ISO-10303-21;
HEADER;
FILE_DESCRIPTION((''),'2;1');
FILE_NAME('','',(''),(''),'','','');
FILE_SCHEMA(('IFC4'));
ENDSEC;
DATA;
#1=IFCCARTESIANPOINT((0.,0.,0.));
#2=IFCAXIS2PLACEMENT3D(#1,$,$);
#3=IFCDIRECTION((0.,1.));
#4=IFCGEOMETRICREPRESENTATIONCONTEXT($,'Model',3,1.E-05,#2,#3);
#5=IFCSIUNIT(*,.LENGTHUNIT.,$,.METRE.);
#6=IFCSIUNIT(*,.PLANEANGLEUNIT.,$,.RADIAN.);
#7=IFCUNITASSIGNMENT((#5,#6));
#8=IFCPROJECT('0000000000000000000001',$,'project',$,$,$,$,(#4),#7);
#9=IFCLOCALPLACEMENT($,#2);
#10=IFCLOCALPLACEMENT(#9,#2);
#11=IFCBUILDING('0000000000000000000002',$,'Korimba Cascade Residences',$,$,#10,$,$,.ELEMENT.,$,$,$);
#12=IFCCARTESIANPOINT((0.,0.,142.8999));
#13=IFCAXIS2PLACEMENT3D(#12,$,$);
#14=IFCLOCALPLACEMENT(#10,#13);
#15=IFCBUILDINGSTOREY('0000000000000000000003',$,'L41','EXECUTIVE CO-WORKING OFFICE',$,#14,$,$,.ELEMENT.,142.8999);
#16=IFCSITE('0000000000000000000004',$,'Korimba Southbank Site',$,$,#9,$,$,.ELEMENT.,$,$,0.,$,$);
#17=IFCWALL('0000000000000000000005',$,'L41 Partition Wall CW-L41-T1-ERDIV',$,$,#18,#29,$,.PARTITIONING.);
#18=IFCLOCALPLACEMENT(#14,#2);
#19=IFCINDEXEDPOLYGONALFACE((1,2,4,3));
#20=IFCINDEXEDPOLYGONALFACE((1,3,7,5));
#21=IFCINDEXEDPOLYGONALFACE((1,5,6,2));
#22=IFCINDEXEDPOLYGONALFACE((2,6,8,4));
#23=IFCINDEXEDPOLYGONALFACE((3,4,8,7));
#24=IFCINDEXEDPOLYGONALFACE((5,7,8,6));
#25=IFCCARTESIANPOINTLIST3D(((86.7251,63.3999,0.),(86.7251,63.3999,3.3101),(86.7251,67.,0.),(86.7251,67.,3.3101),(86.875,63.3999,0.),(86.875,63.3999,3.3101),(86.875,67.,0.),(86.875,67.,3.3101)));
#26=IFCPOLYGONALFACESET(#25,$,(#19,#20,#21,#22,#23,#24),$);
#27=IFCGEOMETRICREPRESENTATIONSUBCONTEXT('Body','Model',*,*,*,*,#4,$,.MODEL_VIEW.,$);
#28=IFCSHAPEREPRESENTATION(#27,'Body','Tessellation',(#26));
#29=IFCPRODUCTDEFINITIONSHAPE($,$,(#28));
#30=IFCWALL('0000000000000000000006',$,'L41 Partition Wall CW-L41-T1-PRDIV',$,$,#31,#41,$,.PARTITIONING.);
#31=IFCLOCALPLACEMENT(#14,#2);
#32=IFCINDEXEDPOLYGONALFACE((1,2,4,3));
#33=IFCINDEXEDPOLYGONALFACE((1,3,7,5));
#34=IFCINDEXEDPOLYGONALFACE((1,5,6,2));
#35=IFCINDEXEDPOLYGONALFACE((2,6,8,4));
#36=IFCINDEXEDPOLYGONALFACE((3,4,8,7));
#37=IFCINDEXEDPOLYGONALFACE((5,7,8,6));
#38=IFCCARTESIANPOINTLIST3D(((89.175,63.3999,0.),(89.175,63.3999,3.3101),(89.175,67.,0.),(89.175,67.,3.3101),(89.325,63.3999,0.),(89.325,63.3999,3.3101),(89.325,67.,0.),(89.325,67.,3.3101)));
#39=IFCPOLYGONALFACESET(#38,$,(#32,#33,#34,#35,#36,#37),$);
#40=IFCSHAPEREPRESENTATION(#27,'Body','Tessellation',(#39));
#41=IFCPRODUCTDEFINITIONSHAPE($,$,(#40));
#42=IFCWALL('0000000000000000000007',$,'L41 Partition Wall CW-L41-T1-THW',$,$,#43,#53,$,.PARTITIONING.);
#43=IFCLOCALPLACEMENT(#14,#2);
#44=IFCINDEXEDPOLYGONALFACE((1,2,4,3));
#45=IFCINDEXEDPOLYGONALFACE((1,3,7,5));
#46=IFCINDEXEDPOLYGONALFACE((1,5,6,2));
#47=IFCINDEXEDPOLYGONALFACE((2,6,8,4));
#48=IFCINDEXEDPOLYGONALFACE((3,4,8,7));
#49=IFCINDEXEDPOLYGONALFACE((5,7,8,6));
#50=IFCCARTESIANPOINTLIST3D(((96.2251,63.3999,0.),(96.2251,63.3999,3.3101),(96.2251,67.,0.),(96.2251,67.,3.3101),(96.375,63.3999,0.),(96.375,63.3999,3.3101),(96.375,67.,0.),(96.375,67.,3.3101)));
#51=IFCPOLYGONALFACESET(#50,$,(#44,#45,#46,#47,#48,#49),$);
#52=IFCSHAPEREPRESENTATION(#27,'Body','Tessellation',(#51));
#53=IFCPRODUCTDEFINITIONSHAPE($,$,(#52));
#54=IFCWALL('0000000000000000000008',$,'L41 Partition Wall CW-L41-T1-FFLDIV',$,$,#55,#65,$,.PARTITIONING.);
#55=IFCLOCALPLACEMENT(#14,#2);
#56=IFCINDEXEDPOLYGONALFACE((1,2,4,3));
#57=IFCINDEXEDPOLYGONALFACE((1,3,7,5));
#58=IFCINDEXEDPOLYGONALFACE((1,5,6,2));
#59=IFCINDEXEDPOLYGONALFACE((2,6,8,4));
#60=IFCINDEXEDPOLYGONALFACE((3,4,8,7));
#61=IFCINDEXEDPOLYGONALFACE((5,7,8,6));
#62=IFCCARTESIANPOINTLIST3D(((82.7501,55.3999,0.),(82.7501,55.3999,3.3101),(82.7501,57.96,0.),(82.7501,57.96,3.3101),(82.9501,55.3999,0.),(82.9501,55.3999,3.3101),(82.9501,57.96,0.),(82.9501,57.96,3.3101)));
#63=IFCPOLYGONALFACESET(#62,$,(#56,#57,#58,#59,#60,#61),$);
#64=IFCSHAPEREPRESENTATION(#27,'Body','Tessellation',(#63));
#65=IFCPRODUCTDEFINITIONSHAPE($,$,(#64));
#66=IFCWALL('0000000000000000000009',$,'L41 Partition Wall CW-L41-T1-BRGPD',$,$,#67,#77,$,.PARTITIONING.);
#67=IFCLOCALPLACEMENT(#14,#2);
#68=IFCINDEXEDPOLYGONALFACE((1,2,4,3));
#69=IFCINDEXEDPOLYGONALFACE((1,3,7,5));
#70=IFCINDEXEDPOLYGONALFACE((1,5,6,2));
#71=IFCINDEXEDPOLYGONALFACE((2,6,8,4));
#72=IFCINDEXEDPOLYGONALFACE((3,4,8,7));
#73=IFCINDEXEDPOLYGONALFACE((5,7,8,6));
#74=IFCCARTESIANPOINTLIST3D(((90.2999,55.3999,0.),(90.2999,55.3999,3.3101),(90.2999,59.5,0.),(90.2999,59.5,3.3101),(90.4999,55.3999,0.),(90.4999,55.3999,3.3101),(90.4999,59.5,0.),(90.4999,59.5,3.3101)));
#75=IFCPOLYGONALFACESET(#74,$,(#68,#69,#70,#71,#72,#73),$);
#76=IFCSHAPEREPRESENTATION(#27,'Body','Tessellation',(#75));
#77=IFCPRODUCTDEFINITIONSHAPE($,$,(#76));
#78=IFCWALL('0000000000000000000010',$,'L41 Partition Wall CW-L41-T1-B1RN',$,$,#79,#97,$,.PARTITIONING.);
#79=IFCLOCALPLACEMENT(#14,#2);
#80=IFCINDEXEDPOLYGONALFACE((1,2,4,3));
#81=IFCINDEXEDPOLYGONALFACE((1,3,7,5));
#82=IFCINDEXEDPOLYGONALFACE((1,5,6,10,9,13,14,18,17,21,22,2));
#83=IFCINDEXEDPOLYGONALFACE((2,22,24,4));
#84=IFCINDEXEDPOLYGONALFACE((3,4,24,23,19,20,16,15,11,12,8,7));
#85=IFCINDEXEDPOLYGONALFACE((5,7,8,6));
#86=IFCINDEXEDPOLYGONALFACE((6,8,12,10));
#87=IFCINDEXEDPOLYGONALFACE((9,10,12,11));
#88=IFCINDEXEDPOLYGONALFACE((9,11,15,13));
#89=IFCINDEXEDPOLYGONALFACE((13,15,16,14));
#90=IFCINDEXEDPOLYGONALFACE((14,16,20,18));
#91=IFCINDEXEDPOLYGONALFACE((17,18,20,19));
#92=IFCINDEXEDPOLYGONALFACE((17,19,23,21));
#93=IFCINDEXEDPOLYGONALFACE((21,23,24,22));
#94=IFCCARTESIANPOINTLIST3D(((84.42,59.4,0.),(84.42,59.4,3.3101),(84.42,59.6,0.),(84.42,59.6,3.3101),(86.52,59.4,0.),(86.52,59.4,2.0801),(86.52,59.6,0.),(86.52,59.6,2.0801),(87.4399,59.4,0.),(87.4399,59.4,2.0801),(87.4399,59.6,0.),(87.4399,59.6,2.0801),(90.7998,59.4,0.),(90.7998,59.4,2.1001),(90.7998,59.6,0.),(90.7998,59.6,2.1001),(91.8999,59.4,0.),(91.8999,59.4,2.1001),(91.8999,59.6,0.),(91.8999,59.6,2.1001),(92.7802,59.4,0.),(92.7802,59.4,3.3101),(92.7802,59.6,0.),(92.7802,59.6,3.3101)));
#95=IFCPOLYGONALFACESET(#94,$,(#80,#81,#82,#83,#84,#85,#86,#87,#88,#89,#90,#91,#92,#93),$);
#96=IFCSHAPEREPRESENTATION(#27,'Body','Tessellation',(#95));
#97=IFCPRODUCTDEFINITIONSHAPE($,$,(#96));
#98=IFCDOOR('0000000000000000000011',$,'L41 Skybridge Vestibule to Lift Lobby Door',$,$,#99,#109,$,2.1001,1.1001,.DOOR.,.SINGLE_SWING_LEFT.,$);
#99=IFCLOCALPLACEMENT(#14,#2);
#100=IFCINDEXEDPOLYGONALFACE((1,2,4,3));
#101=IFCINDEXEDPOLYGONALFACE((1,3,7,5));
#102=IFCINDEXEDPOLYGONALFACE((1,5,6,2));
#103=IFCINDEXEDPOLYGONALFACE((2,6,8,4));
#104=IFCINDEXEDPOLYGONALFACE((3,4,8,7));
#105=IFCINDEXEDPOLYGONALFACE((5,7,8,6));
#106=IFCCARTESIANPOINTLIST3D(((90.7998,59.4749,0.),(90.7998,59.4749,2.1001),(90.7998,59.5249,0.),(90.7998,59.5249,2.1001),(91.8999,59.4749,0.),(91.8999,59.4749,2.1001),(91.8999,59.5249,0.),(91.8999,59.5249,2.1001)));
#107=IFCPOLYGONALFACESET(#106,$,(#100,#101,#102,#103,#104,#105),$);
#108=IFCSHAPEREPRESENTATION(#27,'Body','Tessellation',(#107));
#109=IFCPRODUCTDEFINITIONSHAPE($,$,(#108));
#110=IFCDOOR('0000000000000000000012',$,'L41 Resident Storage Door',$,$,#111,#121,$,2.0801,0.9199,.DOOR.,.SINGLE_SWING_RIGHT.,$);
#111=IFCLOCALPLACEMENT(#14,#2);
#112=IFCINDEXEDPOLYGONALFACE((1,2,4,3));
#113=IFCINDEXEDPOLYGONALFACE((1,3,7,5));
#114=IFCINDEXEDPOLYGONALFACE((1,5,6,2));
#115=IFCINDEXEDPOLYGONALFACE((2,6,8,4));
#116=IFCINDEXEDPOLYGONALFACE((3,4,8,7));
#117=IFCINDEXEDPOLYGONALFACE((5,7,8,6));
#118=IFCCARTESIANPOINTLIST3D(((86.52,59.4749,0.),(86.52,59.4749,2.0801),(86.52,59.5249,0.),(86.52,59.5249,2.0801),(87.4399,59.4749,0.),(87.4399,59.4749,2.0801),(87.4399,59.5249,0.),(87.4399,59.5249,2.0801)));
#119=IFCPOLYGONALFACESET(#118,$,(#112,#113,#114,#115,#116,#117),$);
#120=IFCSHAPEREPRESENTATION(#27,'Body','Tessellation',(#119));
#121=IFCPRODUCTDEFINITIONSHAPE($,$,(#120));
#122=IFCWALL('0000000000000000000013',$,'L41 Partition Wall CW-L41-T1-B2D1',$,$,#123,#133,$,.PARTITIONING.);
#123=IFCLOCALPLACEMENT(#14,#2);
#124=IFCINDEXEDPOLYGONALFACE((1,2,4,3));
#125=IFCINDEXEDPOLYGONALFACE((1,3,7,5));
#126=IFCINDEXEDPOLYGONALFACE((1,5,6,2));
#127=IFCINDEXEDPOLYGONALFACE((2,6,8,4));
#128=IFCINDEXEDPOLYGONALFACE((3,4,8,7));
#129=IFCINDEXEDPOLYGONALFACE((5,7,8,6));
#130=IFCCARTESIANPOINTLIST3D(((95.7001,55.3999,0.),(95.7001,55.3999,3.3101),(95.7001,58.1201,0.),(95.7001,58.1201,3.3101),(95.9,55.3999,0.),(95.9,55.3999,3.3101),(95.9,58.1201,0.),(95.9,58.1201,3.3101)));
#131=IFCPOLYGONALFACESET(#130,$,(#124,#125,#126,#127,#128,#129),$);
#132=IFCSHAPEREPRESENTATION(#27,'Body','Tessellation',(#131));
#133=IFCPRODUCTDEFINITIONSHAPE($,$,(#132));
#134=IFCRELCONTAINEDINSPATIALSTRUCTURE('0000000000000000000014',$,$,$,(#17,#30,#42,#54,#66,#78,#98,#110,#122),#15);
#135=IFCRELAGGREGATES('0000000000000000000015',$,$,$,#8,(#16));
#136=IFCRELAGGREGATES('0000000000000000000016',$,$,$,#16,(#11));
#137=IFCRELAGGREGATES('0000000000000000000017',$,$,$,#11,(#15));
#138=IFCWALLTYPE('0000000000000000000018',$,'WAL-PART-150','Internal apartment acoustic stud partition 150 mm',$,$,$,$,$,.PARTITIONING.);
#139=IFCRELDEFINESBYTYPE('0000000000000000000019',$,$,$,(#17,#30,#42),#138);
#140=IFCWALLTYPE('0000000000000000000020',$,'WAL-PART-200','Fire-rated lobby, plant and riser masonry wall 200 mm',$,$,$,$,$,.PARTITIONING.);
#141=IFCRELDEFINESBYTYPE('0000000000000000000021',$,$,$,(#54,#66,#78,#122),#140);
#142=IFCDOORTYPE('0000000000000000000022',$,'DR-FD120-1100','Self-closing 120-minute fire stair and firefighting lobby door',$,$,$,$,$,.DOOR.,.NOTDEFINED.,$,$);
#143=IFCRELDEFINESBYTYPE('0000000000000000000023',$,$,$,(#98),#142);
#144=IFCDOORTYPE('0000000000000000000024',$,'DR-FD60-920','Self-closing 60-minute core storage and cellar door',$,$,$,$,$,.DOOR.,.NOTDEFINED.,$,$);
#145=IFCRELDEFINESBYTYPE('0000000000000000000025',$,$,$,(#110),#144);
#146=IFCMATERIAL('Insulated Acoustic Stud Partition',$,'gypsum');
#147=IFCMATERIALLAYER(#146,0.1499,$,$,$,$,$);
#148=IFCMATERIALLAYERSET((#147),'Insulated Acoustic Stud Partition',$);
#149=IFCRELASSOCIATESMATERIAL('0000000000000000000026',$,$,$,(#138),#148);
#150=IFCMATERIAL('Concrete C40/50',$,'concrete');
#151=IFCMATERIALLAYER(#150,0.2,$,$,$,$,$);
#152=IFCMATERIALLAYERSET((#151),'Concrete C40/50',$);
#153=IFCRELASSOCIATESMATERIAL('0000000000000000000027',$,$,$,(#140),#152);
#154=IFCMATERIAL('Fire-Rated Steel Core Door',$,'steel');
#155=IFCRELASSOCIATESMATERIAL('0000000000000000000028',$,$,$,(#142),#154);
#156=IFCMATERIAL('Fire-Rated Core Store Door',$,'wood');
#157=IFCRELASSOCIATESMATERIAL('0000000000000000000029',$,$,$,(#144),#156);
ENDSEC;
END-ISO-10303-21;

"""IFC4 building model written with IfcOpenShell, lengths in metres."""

from ifc_helpers import new_model, si_unit, direction, frame, frame_2d, origin, place, context, subcontext, project, spatial, rectangle, extrude, material, layer, layer_set, type_object, element, fill, save


model = new_model("IFC4")

# Units and contexts
model_context = context("Model", 3, precision=1e-05, world=origin(), true_north=direction((0.0, 1.0)))
body_context = subcontext(model_context, "Body", "Model", "MODEL_VIEW")
ifc_project = project(units=[si_unit("LENGTHUNIT", "METRE"), si_unit("PLANEANGLEUNIT", "RADIAN")], contexts=[model_context])

# Site, building, storey
site_placement = place(None, origin())
site = spatial("IfcSite", under=ifc_project, at=site_placement, Name="Korimba Southbank Site", CompositionType="ELEMENT", RefElevation=0.0)
building_placement = place(site_placement, origin())
building = spatial("IfcBuilding", under=site, at=building_placement, Name="Korimba Cascade Residences", CompositionType="ELEMENT")
storey_placement = place(building_placement, frame((0.0, 0.0, 142.8999)))
storey = spatial("IfcBuildingStorey", under=building, at=storey_placement, Name="L41", Description="EXECUTIVE CO-WORKING OFFICE", CompositionType="ELEMENT", Elevation=142.8999)

# Walls
ifc_material_1 = material(Name="Insulated Acoustic Stud Partition", Category="gypsum")
ifc_layer_1 = layer(ifc_material_1, 0.1499)
ifc_layer_set_1 = layer_set([ifc_layer_1], Name="Insulated Acoustic Stud Partition")
wall_type_1 = type_object("IfcWallType", Name="WAL-PART-150", Description="Internal apartment acoustic stud partition 150 mm", PredefinedType="PARTITIONING", material=ifc_layer_set_1)
for number, where, z_axis, x_axis, name in (
    (1, (86.8, 63.3999, 0.0), (0.0, 0.0, 1.0), (0.0, 1.0, 0.0), "L41 Partition Wall CW-L41-T1-ERDIV"),
    (2, (89.25, 63.3999, 0.0), (0.0, 0.0, 1.0), (0.0, 1.0, 0.0), "L41 Partition Wall CW-L41-T1-PRDIV"),
    (3, (96.3, 63.3999, 0.0), (0.0, 0.0, 1.0), (0.0, 1.0, 0.0), "L41 Partition Wall CW-L41-T1-THW"),
):
    element("IfcWall", number, at=place(storey_placement, frame(where, z_axis=z_axis, x_axis=x_axis)), inside=storey, type_object=wall_type_1, Name=name, PredefinedType="PARTITIONING", context=body_context, shape_type="SweptSolid", body=[
        extrude(rectangle(XDim=3.6001, YDim=0.1499, at=frame_2d((1.8, 0.0))), origin(), (0.0, 0.0, 1.0), 3.3101),
    ])
ifc_material_2 = material(Name="Concrete C40/50", Category="concrete")
ifc_layer_2 = layer(ifc_material_2, 0.2)
ifc_layer_set_2 = layer_set([ifc_layer_2], Name="Concrete C40/50")
wall_type_2 = type_object("IfcWallType", Name="WAL-PART-200", Description="Fire-rated lobby, plant and riser masonry wall 200 mm", PredefinedType="PARTITIONING", material=ifc_layer_set_2)
wall_1_placement = place(storey_placement, frame((82.8501, 55.3999, 0.0), z_axis=(0.0, 0.0, 1.0), x_axis=(0.0, 1.0, 0.0)))
element("IfcWall", 4, at=wall_1_placement, inside=storey, type_object=wall_type_2, Name="L41 Partition Wall CW-L41-T1-FFLDIV", PredefinedType="PARTITIONING", context=body_context, shape_type="SweptSolid", body=[
    extrude(rectangle(XDim=2.5601, YDim=0.2, at=frame_2d((1.28, 0.0))), origin(), (0.0, 0.0, 1.0), 3.3101),
])
wall_2_placement = place(storey_placement, frame((90.3999, 55.3999, 0.0), z_axis=(0.0, 0.0, 1.0), x_axis=(0.0, 1.0, 0.0)))
element("IfcWall", 5, at=wall_2_placement, inside=storey, type_object=wall_type_2, Name="L41 Partition Wall CW-L41-T1-BRGPD", PredefinedType="PARTITIONING", context=body_context, shape_type="SweptSolid", body=[
    extrude(rectangle(XDim=4.1001, YDim=0.2, at=frame_2d((2.05, 0.0))), origin(), (0.0, 0.0, 1.0), 3.3101),
])

# Wall, openings, doors
wall_3_placement = place(storey_placement, frame((84.4199, 59.5, 0.0), z_axis=(0.0, 0.0, 1.0), x_axis=(1.0, 0.0, 0.0)))
wall_3 = element("IfcWall", 6, at=wall_3_placement, inside=storey, type_object=wall_type_2, Name="L41 Partition Wall CW-L41-T1-B1RN", PredefinedType="PARTITIONING", context=body_context, shape_type="SweptSolid", body=[
    extrude(rectangle(XDim=8.3601, YDim=0.2, at=frame_2d((4.1802, 0.0))), origin(), (0.0, 0.0, 1.0), 3.3101),
])
opening_1_placement = place(wall_3_placement, frame((2.1001, 0.0, 0.0)))
opening_1 = element("IfcOpeningElement", 7, at=opening_1_placement, cuts=wall_3, PredefinedType="OPENING", context=body_context, shape_type="SweptSolid", body=[
    extrude(rectangle(XDim=0.9199, YDim=2.0801, at=frame_2d((0.46, 1.04))), frame((0.0, 0.1099, 0.0), z_axis=(0.0, -1.0, 0.0), x_axis=(1.0, 0.0, 0.0)), (0.0, 0.0, 1.0), 0.22),
])
opening_2_placement = place(wall_3_placement, frame((6.3799, 0.0, 0.0)))
opening_2 = element("IfcOpeningElement", 8, at=opening_2_placement, cuts=wall_3, PredefinedType="OPENING", context=body_context, shape_type="SweptSolid", body=[
    extrude(rectangle(XDim=1.1001, YDim=2.1001, at=frame_2d((0.55, 1.05))), frame((0.0, 0.1099, 0.0), z_axis=(0.0, -1.0, 0.0), x_axis=(1.0, 0.0, 0.0)), (0.0, 0.0, 1.0), 0.22),
])
ifc_material_3 = material(Name="Fire-Rated Steel Core Door", Category="steel")
door_type_1 = type_object("IfcDoorType", Name="DR-FD120-1100", Description="Self-closing 120-minute fire stair and firefighting lobby door", OperationType="NOTDEFINED", PredefinedType="DOOR", material=ifc_material_3)
door_1_placement = place(opening_2_placement, origin())
door_1 = element("IfcDoor", 9, at=door_1_placement, inside=storey, type_object=door_type_1, Name="L41 Skybridge Vestibule to Lift Lobby Door", OperationType="SINGLE_SWING_LEFT", OverallHeight=2.1001, OverallWidth=1.1001, PredefinedType="DOOR", context=body_context, shape_type="SweptSolid", body=[
    extrude(rectangle(XDim=1.1001, YDim=2.1001, at=frame_2d((0.55, 1.05))), frame((0.0, 0.0249, 0.0), z_axis=(0.0, -1.0, 0.0), x_axis=(1.0, 0.0, 0.0)), (0.0, 0.0, 1.0), 0.05),
])
fill(opening_2, door_1)
ifc_material_4 = material(Name="Fire-Rated Core Store Door", Category="wood")
door_type_2 = type_object("IfcDoorType", Name="DR-FD60-920", Description="Self-closing 60-minute core storage and cellar door", OperationType="NOTDEFINED", PredefinedType="DOOR", material=ifc_material_4)
door_2_placement = place(opening_1_placement, origin())
door_2 = element("IfcDoor", 10, at=door_2_placement, inside=storey, type_object=door_type_2, Name="L41 Resident Storage Door", OperationType="SINGLE_SWING_RIGHT", OverallHeight=2.0801, OverallWidth=0.9199, PredefinedType="DOOR", context=body_context, shape_type="SweptSolid", body=[
    extrude(rectangle(XDim=0.9199, YDim=2.0801, at=frame_2d((0.46, 1.04))), frame((0.0, 0.0249, 0.0), z_axis=(0.0, -1.0, 0.0), x_axis=(1.0, 0.0, 0.0)), (0.0, 0.0, 1.0), 0.05),
])
fill(opening_1, door_2)

# Wall
wall_4_placement = place(storey_placement, frame((95.8, 55.3999, 0.0), z_axis=(0.0, 0.0, 1.0), x_axis=(0.0, 1.0, 0.0)))
element("IfcWall", 11, at=wall_4_placement, inside=storey, type_object=wall_type_2, Name="L41 Partition Wall CW-L41-T1-B2D1", PredefinedType="PARTITIONING", context=body_context, shape_type="SweptSolid", body=[
    extrude(rectangle(XDim=2.7202, YDim=0.2, at=frame_2d((1.3601, 0.0))), origin(), (0.0, 0.0, 1.0), 3.3101),
])

save(model, "model.ifc")
